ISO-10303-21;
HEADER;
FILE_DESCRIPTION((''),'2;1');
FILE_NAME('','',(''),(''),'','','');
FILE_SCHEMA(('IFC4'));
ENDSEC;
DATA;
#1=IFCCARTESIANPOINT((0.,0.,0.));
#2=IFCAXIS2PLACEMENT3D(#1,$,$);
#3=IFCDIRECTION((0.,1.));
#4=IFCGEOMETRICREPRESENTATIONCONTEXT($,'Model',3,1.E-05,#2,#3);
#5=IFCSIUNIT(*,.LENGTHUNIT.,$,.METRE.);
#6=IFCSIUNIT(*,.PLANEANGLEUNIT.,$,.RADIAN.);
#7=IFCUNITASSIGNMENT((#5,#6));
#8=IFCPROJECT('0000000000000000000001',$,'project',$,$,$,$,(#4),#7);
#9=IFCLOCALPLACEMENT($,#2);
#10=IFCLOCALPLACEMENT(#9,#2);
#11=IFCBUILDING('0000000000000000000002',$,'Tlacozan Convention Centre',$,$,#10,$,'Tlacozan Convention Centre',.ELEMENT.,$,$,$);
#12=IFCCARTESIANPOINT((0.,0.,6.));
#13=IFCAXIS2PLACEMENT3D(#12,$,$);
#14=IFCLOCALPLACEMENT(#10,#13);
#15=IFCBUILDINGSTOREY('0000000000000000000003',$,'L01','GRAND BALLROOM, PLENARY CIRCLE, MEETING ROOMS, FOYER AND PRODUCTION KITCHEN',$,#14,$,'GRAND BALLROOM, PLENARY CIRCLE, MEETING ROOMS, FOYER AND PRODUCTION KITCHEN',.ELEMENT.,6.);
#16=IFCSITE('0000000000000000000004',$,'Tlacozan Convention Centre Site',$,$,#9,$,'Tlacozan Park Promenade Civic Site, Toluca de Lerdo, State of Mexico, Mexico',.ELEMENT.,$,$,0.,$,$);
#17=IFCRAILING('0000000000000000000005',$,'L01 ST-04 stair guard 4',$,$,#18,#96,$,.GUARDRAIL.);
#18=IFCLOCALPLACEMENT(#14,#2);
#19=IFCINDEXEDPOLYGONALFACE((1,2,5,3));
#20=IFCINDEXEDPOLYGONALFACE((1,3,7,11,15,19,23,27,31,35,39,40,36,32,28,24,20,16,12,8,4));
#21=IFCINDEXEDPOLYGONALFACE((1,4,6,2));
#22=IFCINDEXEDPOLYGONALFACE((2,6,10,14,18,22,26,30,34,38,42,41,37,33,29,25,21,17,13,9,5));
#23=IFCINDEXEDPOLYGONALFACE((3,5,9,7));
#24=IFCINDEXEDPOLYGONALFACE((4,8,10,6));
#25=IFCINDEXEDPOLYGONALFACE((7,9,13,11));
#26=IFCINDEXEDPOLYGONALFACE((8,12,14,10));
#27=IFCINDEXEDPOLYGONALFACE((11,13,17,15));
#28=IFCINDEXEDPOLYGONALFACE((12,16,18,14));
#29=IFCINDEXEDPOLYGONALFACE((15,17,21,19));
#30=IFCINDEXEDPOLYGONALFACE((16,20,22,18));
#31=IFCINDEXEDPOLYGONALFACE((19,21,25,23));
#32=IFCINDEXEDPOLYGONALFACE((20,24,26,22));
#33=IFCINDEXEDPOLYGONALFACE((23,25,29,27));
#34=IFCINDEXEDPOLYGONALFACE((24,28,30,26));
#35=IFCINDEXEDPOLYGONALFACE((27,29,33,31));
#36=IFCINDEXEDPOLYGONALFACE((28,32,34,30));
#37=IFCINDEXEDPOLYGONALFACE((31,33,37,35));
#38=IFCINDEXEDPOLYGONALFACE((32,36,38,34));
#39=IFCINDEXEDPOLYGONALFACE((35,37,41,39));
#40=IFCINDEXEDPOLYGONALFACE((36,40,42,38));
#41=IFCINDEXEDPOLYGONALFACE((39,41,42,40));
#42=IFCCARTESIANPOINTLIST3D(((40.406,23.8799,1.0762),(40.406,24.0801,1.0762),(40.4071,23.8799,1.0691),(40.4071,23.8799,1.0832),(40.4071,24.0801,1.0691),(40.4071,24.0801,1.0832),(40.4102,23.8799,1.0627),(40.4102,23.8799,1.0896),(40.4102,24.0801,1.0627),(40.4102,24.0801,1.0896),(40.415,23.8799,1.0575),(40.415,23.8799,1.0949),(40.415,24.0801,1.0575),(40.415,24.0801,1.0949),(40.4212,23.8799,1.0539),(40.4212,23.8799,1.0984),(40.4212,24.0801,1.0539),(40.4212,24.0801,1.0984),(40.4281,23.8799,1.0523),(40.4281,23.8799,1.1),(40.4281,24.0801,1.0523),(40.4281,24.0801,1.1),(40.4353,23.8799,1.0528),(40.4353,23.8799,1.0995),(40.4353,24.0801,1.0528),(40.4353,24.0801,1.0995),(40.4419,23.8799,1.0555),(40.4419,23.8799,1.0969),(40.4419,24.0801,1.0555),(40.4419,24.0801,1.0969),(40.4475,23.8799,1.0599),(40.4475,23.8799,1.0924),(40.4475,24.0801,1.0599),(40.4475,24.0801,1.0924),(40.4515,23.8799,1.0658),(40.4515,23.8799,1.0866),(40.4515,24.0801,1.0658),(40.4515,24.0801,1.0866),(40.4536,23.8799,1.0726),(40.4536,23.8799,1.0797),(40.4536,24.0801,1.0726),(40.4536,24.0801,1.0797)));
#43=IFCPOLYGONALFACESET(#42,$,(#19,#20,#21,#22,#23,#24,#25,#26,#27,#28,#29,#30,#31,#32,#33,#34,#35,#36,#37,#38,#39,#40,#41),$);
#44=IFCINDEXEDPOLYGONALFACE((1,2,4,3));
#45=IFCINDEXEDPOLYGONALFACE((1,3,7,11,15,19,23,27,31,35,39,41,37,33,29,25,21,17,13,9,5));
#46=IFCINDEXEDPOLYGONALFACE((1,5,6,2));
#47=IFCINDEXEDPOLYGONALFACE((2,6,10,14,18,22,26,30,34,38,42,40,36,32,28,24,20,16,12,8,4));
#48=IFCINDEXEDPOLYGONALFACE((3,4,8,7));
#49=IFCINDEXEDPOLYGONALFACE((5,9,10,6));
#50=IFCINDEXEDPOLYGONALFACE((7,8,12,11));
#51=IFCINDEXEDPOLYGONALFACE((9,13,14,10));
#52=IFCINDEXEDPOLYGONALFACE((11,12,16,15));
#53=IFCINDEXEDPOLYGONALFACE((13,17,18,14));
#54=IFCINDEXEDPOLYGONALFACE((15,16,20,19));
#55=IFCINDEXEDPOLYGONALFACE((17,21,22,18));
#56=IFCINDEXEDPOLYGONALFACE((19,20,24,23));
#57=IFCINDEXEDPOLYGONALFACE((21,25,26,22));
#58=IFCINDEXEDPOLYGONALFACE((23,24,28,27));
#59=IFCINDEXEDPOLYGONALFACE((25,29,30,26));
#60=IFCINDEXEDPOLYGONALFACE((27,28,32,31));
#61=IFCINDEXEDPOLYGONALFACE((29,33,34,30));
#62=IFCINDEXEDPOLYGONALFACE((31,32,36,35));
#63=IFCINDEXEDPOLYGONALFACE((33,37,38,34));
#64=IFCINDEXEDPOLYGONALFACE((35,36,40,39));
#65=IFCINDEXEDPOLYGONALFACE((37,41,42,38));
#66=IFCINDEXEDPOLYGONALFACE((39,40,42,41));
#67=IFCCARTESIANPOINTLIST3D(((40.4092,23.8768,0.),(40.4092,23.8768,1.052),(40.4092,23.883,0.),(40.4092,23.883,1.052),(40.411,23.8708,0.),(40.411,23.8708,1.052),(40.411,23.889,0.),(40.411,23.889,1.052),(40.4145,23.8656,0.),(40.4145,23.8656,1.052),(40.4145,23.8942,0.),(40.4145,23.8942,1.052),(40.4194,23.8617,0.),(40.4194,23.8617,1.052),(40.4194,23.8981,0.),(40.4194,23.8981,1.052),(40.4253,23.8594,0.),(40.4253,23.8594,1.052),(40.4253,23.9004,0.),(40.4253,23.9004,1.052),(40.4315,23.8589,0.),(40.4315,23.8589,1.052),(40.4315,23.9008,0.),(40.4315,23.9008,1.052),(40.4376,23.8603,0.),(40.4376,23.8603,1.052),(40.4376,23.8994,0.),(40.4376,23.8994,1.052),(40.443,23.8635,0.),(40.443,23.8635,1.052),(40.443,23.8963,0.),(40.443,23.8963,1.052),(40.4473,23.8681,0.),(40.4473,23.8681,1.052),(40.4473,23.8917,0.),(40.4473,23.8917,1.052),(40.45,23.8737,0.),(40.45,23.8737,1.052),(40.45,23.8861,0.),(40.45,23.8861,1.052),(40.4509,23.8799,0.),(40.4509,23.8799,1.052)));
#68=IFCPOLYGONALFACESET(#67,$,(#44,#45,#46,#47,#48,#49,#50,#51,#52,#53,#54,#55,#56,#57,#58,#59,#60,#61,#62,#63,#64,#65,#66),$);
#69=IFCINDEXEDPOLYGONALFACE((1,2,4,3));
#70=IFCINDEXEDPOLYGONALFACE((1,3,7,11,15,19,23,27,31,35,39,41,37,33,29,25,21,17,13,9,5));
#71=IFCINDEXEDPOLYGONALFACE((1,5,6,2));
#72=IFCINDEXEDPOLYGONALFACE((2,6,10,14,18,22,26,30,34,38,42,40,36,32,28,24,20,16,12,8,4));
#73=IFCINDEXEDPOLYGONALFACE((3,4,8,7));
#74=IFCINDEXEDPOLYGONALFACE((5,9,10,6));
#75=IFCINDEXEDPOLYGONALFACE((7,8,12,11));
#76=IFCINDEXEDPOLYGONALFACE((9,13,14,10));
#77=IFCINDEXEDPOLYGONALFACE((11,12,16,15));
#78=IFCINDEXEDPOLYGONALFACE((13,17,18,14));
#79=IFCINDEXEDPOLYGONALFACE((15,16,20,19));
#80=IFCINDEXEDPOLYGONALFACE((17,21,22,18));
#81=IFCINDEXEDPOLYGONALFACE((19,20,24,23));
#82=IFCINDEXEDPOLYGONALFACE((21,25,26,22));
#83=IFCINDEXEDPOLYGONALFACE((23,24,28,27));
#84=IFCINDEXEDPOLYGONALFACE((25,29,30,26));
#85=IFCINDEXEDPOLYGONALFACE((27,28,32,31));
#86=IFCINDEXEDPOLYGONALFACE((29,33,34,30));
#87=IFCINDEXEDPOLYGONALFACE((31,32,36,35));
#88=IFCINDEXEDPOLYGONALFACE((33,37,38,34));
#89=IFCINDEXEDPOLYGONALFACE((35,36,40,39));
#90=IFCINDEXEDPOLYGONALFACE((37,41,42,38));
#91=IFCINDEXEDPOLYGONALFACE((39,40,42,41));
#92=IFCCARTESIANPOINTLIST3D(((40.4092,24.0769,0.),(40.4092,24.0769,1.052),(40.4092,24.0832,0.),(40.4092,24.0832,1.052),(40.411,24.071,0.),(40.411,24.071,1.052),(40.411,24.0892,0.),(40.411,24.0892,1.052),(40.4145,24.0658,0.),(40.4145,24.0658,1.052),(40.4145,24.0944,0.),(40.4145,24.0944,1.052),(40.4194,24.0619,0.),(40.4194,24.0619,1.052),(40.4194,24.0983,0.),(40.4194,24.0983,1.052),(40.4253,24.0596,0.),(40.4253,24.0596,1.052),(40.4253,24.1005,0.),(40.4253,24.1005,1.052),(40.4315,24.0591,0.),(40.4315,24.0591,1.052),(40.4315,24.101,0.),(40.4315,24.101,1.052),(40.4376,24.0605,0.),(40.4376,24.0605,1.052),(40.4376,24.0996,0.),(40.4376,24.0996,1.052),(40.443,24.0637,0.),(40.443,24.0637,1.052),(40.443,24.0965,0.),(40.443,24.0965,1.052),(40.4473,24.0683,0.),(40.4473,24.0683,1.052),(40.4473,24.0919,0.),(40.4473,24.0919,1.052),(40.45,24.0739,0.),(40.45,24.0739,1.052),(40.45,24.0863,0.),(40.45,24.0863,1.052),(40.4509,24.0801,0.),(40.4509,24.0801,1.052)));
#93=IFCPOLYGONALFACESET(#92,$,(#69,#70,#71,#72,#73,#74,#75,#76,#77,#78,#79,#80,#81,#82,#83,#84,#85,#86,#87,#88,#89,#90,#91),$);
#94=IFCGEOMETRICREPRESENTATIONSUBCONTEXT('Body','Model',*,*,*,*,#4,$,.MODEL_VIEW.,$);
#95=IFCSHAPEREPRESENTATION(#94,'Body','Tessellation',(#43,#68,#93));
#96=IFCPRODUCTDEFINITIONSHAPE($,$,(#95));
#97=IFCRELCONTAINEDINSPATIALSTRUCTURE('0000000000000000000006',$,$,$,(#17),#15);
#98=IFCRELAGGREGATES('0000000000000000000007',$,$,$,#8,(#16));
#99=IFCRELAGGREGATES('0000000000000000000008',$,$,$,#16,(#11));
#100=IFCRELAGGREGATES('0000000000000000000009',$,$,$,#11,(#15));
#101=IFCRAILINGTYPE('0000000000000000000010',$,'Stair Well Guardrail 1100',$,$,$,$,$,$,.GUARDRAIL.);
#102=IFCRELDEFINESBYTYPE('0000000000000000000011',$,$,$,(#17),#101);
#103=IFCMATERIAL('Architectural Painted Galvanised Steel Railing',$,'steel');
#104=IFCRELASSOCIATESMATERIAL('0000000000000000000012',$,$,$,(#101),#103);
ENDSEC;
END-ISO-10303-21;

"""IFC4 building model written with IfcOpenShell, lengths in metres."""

from ifc_helpers import new_model, si_unit, direction, frame, origin, origin_2d, place, context, subcontext, project, spatial, circle, extrude, material, type_object, element, save


model = new_model("IFC4")

# Units and contexts
model_context = context("Model", 3, precision=1e-05, world=origin(), true_north=direction((0.0, 1.0)))
body_context = subcontext(model_context, "Body", "Model", "MODEL_VIEW")
ifc_project = project(units=[si_unit("LENGTHUNIT", "METRE"), si_unit("PLANEANGLEUNIT", "RADIAN")], contexts=[model_context])

# Site, building, storey
site_placement = place(None, origin())
site = spatial("IfcSite", under=ifc_project, at=site_placement, Name="Tlacozan Convention Centre Site", LongName="Tlacozan Park Promenade Civic Site, Toluca de Lerdo, State of Mexico, Mexico", CompositionType="ELEMENT", RefElevation=0.0)
building_placement = place(site_placement, origin())
building = spatial("IfcBuilding", under=site, at=building_placement, Name="Tlacozan Convention Centre", LongName="Tlacozan Convention Centre", CompositionType="ELEMENT")
storey_placement = place(building_placement, frame((0.0, 0.0, 6.0)))
storey = spatial("IfcBuildingStorey", under=building, at=storey_placement, Name="L01", Description="GRAND BALLROOM, PLENARY CIRCLE, MEETING ROOMS, FOYER AND PRODUCTION KITCHEN", LongName="GRAND BALLROOM, PLENARY CIRCLE, MEETING ROOMS, FOYER AND PRODUCTION KITCHEN", CompositionType="ELEMENT", Elevation=6.0)

# Railing
ifc_material_1 = material(Name="Architectural Painted Galvanised Steel Railing", Category="steel")
railing_type_1 = type_object("IfcRailingType", Name="Stair Well Guardrail 1100", PredefinedType="GUARDRAIL", material=ifc_material_1)
railing_1_placement = place(storey_placement, frame((40.4299, 23.8799, 0.0)))
element("IfcRailing", 1, at=railing_1_placement, inside=storey, type_object=railing_type_1, Name="L01 ST-04 stair guard 4", PredefinedType="GUARDRAIL", context=body_context, shape_type="SweptSolid", body=[
    extrude(circle(Radius=0.0239, at=origin_2d()), frame((0.0, 0.0, 1.0762), z_axis=(0.0, 1.0, 0.0), x_axis=(-1.0, 0.0, 0.0)), (0.0, 0.0, 1.0), 0.2002),
    extrude(circle(Radius=0.021, at=origin_2d()), origin(), (0.0, 0.0, 1.0), 1.052),
    extrude(circle(Radius=0.021, at=origin_2d()), frame((0.0, 0.2002, 0.0)), (0.0, 0.0, 1.0), 1.052),
])

save(model, "model.ifc")
